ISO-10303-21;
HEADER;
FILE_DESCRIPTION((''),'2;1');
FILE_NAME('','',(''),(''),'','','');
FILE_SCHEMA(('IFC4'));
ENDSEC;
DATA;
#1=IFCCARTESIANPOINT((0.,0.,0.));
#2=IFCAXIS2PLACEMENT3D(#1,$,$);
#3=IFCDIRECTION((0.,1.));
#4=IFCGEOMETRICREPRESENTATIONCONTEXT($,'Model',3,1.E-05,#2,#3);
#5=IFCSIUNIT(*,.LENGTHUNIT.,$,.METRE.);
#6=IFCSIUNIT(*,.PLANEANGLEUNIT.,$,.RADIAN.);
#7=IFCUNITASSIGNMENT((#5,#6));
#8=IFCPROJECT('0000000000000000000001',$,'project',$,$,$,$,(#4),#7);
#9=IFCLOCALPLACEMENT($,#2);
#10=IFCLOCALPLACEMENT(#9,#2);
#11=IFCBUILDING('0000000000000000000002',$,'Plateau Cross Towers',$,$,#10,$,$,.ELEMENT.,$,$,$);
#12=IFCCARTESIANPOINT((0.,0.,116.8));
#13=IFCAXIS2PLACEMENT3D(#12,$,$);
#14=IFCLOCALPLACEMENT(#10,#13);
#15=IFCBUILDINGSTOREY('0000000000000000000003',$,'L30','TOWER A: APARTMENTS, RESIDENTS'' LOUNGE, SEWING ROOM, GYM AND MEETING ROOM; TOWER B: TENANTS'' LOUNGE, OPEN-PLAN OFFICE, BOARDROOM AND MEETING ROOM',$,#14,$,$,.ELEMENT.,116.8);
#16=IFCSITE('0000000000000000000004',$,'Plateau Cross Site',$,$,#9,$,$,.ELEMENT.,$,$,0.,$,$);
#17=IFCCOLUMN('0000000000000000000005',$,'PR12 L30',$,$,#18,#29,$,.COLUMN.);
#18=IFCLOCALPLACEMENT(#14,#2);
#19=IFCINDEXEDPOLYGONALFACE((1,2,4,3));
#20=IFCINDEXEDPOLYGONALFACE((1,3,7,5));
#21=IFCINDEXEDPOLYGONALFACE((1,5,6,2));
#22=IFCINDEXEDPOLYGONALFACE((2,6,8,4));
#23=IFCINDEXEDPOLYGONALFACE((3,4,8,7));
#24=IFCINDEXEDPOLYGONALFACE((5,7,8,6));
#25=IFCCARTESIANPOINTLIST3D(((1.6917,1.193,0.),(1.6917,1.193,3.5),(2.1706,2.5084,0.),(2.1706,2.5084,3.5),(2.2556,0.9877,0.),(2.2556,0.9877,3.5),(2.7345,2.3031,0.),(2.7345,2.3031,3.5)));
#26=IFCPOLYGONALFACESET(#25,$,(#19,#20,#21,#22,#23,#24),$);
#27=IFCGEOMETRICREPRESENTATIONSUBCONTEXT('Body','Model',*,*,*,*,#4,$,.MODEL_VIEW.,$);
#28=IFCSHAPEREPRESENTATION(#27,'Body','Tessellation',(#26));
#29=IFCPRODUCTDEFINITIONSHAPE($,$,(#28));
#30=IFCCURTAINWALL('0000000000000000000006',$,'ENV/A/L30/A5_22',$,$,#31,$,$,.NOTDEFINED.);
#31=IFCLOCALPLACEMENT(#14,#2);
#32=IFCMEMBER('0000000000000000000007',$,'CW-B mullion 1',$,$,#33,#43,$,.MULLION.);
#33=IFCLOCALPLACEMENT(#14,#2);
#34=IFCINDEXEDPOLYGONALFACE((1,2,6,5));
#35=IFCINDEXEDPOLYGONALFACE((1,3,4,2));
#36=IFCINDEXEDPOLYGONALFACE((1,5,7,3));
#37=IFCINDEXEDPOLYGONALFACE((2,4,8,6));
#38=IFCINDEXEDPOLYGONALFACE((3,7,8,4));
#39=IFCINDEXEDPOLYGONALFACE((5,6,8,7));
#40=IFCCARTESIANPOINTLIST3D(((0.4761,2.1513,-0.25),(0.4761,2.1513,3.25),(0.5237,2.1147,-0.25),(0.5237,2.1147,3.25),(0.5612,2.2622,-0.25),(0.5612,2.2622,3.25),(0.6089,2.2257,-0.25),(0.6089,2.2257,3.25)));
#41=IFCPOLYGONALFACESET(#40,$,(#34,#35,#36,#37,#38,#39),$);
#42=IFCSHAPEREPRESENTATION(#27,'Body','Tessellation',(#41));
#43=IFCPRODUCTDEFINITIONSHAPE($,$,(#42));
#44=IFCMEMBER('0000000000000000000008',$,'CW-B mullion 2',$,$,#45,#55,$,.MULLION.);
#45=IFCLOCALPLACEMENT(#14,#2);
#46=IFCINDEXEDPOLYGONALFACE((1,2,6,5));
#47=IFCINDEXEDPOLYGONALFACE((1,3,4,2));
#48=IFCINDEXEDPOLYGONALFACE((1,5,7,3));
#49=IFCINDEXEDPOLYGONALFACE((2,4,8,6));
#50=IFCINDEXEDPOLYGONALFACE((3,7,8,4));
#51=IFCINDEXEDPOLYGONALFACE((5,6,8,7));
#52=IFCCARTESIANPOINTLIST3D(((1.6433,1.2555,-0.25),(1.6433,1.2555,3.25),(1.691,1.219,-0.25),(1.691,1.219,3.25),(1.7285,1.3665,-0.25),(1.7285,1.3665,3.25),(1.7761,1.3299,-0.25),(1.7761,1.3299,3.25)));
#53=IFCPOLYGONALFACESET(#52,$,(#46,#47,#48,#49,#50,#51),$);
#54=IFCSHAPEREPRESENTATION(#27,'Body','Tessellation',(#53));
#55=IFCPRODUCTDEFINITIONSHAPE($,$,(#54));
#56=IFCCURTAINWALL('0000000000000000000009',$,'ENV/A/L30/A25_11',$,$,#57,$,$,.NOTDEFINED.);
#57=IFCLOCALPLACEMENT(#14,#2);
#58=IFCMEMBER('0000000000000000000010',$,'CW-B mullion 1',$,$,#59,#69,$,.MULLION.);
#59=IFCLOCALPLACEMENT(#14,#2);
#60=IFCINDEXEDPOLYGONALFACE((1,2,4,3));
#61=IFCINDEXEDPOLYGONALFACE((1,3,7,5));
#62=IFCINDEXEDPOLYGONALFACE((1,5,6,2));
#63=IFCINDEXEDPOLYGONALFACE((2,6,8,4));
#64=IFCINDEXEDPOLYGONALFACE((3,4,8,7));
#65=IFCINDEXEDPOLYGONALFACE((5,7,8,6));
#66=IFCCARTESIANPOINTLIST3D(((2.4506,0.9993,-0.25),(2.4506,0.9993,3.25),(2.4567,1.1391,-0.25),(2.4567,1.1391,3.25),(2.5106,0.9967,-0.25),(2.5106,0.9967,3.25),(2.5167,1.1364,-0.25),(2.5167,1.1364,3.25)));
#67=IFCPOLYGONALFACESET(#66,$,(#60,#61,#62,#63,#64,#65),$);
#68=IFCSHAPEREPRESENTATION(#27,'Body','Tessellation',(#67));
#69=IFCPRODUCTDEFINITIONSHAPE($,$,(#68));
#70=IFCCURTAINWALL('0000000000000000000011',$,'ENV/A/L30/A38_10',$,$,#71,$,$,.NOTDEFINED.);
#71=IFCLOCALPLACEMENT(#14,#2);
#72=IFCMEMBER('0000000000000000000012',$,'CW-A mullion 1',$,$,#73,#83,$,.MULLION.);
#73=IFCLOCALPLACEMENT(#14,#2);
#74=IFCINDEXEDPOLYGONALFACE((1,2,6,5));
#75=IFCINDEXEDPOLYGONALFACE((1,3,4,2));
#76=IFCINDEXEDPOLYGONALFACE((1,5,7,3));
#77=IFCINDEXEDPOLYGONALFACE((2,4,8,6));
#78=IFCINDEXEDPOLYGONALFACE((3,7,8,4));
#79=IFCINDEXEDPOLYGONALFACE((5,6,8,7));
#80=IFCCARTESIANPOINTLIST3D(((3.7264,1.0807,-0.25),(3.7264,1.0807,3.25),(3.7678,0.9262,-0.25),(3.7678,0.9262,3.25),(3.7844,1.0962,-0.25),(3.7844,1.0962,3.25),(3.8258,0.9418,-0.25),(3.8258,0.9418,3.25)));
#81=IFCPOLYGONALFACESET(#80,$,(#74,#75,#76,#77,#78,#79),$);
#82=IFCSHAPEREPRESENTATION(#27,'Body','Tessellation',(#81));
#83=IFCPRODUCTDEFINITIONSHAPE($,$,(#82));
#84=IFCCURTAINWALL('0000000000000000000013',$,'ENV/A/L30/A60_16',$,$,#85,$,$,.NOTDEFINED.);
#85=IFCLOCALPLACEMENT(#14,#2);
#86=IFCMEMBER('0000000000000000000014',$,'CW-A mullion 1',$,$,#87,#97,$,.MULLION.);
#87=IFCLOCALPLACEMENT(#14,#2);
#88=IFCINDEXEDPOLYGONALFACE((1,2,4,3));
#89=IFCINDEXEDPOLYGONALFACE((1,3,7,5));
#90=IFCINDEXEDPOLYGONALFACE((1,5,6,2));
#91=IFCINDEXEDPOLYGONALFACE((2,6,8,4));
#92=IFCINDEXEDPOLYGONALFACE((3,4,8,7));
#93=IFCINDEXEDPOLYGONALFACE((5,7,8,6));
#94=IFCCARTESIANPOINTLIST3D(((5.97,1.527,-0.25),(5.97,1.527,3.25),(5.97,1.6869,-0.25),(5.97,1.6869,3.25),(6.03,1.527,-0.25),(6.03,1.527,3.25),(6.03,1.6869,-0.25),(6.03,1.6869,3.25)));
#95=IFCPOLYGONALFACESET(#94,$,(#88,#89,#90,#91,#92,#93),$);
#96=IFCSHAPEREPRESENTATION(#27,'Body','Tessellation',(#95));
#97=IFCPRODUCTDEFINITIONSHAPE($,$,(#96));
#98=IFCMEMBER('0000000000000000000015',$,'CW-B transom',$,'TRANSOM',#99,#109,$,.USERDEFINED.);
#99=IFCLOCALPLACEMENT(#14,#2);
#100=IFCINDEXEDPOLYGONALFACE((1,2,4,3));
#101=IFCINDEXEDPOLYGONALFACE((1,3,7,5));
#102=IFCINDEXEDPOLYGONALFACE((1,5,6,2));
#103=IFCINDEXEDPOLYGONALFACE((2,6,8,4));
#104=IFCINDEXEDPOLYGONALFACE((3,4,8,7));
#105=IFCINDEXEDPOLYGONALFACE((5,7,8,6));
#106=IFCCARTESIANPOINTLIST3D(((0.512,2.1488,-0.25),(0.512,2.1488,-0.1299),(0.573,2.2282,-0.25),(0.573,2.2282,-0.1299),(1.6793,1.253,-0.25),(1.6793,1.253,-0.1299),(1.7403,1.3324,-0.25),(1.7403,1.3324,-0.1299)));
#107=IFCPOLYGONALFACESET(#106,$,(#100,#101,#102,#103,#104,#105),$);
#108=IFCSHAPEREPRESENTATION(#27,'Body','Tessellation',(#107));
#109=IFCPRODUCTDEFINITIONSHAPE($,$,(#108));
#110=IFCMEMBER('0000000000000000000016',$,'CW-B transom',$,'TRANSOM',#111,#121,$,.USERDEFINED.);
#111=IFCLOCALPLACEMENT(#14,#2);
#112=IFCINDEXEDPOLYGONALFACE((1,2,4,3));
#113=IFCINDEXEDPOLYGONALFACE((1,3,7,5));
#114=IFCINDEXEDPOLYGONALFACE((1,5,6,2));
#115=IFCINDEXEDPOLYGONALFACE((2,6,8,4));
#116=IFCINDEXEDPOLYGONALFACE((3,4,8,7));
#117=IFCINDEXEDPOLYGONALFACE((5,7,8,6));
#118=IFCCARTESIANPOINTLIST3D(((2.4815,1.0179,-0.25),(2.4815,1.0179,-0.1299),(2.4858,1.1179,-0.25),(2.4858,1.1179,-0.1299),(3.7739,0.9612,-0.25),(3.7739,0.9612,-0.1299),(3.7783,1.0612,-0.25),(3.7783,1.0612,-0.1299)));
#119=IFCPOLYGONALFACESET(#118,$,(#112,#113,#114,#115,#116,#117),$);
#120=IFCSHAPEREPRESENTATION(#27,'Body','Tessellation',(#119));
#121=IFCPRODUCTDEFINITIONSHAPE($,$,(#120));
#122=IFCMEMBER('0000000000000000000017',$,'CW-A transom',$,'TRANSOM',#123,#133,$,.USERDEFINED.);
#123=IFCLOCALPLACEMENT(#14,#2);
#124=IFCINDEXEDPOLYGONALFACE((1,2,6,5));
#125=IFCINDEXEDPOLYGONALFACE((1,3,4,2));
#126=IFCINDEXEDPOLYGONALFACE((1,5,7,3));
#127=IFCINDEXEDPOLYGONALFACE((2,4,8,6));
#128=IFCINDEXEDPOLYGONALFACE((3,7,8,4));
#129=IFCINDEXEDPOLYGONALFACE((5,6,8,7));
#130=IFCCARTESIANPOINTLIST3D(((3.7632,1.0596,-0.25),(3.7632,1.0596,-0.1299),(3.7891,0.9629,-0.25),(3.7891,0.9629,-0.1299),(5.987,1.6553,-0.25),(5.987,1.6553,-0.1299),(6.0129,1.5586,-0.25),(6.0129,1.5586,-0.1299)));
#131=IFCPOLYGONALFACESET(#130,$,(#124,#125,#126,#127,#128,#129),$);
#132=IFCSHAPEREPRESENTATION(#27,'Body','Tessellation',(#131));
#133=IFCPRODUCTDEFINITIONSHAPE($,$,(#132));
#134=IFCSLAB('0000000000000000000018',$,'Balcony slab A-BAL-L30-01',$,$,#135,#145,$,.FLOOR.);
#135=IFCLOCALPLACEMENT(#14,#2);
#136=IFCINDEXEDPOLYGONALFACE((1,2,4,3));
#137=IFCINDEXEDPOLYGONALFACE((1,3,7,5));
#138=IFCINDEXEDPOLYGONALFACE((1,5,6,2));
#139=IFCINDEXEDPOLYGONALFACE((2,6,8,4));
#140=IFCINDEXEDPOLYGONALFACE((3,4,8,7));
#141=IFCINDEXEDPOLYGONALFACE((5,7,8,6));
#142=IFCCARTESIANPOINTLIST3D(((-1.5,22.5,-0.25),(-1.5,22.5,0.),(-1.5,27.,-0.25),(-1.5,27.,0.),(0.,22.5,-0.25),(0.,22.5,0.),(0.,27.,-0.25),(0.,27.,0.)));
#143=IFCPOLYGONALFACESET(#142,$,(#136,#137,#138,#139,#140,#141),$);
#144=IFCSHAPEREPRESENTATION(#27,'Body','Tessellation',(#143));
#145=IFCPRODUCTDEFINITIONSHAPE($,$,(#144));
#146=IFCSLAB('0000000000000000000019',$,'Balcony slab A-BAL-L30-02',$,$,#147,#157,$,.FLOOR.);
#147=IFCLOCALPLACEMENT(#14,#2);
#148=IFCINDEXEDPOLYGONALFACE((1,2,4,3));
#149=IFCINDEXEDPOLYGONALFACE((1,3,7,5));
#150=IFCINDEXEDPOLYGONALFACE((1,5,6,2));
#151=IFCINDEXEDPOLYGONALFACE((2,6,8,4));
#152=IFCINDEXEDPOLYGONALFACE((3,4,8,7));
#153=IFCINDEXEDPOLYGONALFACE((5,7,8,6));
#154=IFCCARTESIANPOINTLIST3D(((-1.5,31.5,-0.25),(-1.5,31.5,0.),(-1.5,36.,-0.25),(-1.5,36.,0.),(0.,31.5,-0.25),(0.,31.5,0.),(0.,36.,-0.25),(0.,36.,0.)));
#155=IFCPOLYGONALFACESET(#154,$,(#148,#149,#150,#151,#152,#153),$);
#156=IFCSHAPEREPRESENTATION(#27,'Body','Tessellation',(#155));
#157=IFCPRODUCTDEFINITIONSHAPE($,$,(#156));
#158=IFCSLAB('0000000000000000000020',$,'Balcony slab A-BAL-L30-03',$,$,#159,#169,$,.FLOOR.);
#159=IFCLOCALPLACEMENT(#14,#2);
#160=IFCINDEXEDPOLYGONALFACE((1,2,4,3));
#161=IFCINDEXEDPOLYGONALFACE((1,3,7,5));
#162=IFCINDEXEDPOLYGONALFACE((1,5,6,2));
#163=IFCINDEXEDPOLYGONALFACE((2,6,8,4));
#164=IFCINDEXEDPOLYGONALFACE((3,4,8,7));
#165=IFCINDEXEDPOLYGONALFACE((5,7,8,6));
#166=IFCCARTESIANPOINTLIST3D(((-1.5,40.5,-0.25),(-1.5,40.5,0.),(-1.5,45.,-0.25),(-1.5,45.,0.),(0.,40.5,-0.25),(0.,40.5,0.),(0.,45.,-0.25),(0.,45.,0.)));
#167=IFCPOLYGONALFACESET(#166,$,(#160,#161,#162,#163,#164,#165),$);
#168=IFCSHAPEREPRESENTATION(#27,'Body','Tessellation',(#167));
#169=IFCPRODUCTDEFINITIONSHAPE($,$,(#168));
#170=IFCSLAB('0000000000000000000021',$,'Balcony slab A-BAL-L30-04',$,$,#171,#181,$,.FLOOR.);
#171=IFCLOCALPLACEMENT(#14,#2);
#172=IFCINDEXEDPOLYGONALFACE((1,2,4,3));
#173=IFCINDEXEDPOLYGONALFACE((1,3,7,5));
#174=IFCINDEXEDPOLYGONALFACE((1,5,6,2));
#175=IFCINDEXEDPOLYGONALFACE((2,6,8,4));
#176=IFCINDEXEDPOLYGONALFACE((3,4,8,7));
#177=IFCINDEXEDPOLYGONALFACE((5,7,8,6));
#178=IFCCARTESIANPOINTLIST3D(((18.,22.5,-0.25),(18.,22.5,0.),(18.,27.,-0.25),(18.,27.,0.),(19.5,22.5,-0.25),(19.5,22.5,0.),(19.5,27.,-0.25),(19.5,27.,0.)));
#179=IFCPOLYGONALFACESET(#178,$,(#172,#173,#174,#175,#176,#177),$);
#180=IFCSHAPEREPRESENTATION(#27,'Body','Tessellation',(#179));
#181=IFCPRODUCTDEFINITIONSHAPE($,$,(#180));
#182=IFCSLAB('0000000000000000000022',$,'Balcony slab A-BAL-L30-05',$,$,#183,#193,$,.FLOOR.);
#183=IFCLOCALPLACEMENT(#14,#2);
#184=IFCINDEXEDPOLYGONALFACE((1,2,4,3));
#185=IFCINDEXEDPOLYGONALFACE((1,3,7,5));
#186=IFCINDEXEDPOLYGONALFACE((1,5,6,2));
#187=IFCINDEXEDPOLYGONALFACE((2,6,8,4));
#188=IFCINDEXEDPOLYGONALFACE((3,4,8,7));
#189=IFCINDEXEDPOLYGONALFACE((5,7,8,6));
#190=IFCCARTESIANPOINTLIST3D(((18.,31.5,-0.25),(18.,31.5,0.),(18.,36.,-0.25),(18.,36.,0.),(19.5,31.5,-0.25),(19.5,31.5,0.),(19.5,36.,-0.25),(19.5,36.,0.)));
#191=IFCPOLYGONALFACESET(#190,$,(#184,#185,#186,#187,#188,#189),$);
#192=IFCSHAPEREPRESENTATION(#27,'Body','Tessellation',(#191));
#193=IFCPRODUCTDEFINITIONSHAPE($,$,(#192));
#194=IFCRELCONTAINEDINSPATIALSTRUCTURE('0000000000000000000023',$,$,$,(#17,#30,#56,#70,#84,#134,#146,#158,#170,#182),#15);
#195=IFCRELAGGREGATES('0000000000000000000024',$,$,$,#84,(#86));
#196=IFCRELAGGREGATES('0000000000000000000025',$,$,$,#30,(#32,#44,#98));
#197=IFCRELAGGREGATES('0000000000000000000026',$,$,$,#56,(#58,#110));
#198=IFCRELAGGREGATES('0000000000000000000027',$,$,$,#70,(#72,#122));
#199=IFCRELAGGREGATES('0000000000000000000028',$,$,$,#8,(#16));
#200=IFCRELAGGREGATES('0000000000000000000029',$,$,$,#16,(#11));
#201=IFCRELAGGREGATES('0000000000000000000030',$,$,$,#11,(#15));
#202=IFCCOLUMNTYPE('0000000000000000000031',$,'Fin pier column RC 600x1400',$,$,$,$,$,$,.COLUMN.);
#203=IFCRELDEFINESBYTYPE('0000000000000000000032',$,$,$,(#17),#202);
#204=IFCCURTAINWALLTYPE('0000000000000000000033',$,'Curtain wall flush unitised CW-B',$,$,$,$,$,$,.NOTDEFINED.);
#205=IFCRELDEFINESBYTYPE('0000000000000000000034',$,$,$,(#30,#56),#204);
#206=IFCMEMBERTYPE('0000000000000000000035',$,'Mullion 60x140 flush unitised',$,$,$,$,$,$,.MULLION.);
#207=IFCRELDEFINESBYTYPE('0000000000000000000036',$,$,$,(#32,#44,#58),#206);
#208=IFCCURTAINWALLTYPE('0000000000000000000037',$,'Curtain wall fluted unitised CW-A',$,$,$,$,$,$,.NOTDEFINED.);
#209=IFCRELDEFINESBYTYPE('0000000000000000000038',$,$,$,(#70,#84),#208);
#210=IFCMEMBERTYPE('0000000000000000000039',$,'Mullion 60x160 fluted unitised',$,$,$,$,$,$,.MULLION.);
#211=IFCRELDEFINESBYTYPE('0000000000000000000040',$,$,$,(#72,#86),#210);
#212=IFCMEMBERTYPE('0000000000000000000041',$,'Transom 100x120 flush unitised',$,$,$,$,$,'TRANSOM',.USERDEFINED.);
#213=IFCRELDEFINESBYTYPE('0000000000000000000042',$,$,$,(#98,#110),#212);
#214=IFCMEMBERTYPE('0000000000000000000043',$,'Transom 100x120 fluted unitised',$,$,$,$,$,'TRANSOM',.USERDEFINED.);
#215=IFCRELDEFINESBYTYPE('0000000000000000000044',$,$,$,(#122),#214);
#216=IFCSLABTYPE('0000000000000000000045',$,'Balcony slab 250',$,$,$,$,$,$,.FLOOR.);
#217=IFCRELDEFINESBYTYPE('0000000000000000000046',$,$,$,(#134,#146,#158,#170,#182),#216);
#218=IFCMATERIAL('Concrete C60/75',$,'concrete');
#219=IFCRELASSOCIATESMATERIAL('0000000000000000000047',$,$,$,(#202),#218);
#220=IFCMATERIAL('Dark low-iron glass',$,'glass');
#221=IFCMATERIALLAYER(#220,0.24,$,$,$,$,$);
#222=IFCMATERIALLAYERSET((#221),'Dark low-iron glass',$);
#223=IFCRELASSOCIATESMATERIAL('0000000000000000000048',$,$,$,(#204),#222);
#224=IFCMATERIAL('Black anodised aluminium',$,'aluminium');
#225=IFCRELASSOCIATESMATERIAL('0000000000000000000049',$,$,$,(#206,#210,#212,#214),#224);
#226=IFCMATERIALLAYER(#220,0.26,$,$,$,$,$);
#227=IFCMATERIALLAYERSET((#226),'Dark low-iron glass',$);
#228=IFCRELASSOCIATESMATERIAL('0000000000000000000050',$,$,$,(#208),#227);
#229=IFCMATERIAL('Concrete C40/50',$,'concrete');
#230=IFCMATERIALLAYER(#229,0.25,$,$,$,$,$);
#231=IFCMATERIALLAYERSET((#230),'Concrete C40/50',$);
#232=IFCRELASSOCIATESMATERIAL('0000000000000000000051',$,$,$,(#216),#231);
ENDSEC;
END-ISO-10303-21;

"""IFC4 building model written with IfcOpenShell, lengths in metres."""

from ifc_helpers import new_model, si_unit, direction, frame, origin, origin_2d, place, context, subcontext, project, spatial, polyline, rectangle, outline, extrude, material, layer, layer_set, material_profile, profile_set, type_object, element, aggregate, save


model = new_model("IFC4")

# Units and contexts
model_context = context("Model", 3, precision=1e-05, world=origin(), true_north=direction((0.0, 1.0)))
body_context = subcontext(model_context, "Body", "Model", "MODEL_VIEW")
ifc_project = project(units=[si_unit("LENGTHUNIT", "METRE"), si_unit("PLANEANGLEUNIT", "RADIAN")], contexts=[model_context])

# Site, building, storey
site_placement = place(None, origin())
site = spatial("IfcSite", under=ifc_project, at=site_placement, Name="Plateau Cross Site", CompositionType="ELEMENT", RefElevation=0.0)
building_placement = place(site_placement, origin())
building = spatial("IfcBuilding", under=site, at=building_placement, Name="Plateau Cross Towers", CompositionType="ELEMENT")
storey_placement = place(building_placement, frame((0.0, 0.0, 116.8)))
storey = spatial("IfcBuildingStorey", under=building, at=storey_placement, Name="L30", Description="TOWER A: APARTMENTS, RESIDENTS' LOUNGE, SEWING ROOM, GYM AND MEETING ROOM; TOWER B: TENANTS' LOUNGE, OPEN-PLAN OFFICE, BOARDROOM AND MEETING ROOM", CompositionType="ELEMENT", Elevation=116.8)

# Column
ifc_material_1 = material(Name="Concrete C60/75", Category="concrete")
ifc_material_profile_1 = material_profile(ifc_material_1, rectangle(XDim=0.6001, YDim=1.3999, at=origin_2d()), Name="RC 600x1400")
ifc_profile_set_1 = profile_set([ifc_material_profile_1], Name="Concrete C60/75")
column_type = type_object("IfcColumnType", Name="Fin pier column RC 600x1400", PredefinedType="COLUMN", material=ifc_profile_set_1)
column_placement = place(storey_placement, frame((2.2131, 1.748, 0.0), z_axis=(0.0, 0.0, 1.0), x_axis=(-0.939664, 0.342098, 0.0)))
element("IfcColumn", 1, at=column_placement, inside=storey, type_object=column_type, Name="PR12 L30", PredefinedType="COLUMN", context=body_context, shape_type="SweptSolid", body=[
    extrude(rectangle(XDim=0.6001, YDim=1.3999, at=origin_2d()), origin(), (0.0, 0.0, 1.0), 3.5),
])

# Curtain wall, members
ifc_material_2 = material(Name="Dark low-iron glass", Category="glass")
ifc_layer_1 = layer(ifc_material_2, 0.24)
ifc_layer_set_1 = layer_set([ifc_layer_1], Name="Dark low-iron glass")
curtain_wall_type_1 = type_object("IfcCurtainWallType", Name="Curtain wall flush unitised CW-B", PredefinedType="NOTDEFINED", material=ifc_layer_set_1)
curtain_wall_1_placement = place(storey_placement, origin())
curtain_wall_1 = element("IfcCurtainWall", 2, at=curtain_wall_1_placement, inside=storey, type_object=curtain_wall_type_1, Name="ENV/A/L30/A5_22", PredefinedType="NOTDEFINED")
ifc_material_3 = material(Name="Black anodised aluminium", Category="aluminium")
ifc_material_profile_2 = material_profile(ifc_material_3, rectangle(XDim=0.0601, YDim=0.1399, at=origin_2d()), Name="MULLION 60x140")
ifc_profile_set_2 = profile_set([ifc_material_profile_2], Name="Black anodised aluminium")
member_type_1 = type_object("IfcMemberType", Name="Mullion 60x140 flush unitised", PredefinedType="MULLION", material=ifc_profile_set_2)
member_1_placement = place(storey_placement, frame((0.5425, 2.1885, -0.25), z_axis=(0.0, 0.0, 1.0), x_axis=(0.793316, -0.608811, 0.0)))
member_1 = element("IfcMember", 3, at=member_1_placement, type_object=member_type_1, Name="CW-B mullion 1", PredefinedType="MULLION", context=body_context, shape_type="SweptSolid", body=[
    extrude(rectangle(XDim=0.0601, YDim=0.1399, at=origin_2d()), origin(), (0.0, 0.0, 1.0), 3.5),
])
member_2_placement = place(storey_placement, frame((1.7097, 1.2927, -0.25), z_axis=(0.0, 0.0, 1.0), x_axis=(0.793316, -0.608811, 0.0)))
member_2 = element("IfcMember", 4, at=member_2_placement, type_object=member_type_1, Name="CW-B mullion 2", PredefinedType="MULLION", context=body_context, shape_type="SweptSolid", body=[
    extrude(rectangle(XDim=0.0601, YDim=0.1399, at=origin_2d()), origin(), (0.0, 0.0, 1.0), 3.5),
])

# Curtain walls, members
curtain_wall_2_placement = place(storey_placement, origin())
curtain_wall_2 = element("IfcCurtainWall", 5, at=curtain_wall_2_placement, inside=storey, type_object=curtain_wall_type_1, Name="ENV/A/L30/A25_11", PredefinedType="NOTDEFINED")
member_3_placement = place(storey_placement, frame((2.4836, 1.0679, -0.25), z_axis=(0.0, 0.0, 1.0), x_axis=(0.999044, -0.043723, 0.0)))
member_3 = element("IfcMember", 6, at=member_3_placement, type_object=member_type_1, Name="CW-B mullion 1", PredefinedType="MULLION", context=body_context, shape_type="SweptSolid", body=[
    extrude(rectangle(XDim=0.0601, YDim=0.1399, at=origin_2d()), origin(), (0.0, 0.0, 1.0), 3.5),
])
ifc_layer_2 = layer(ifc_material_2, 0.26)
ifc_layer_set_2 = layer_set([ifc_layer_2], Name="Dark low-iron glass")
curtain_wall_type_2 = type_object("IfcCurtainWallType", Name="Curtain wall fluted unitised CW-A", PredefinedType="NOTDEFINED", material=ifc_layer_set_2)
curtain_wall_3_placement = place(storey_placement, origin())
curtain_wall_3 = element("IfcCurtainWall", 7, at=curtain_wall_3_placement, inside=storey, type_object=curtain_wall_type_2, Name="ENV/A/L30/A38_10", PredefinedType="NOTDEFINED")
ifc_material_profile_3 = material_profile(ifc_material_3, rectangle(XDim=0.0601, YDim=0.1599, at=origin_2d()), Name="MULLION 60x160")
ifc_profile_set_3 = profile_set([ifc_material_profile_3], Name="Black anodised aluminium")
member_type_2 = type_object("IfcMemberType", Name="Mullion 60x160 fluted unitised", PredefinedType="MULLION", material=ifc_profile_set_3)
member_4_placement = place(storey_placement, frame((3.7761, 1.0112, -0.25), z_axis=(0.0, 0.0, 1.0), x_axis=(0.965958, 0.258699, 0.0)))
member_4 = element("IfcMember", 8, at=member_4_placement, type_object=member_type_2, Name="CW-A mullion 1", PredefinedType="MULLION", context=body_context, shape_type="SweptSolid", body=[
    extrude(rectangle(XDim=0.0601, YDim=0.1599, at=origin_2d()), origin(), (0.0, 0.0, 1.0), 3.5),
])
curtain_wall_4_placement = place(storey_placement, origin())
curtain_wall_4 = element("IfcCurtainWall", 9, at=curtain_wall_4_placement, inside=storey, type_object=curtain_wall_type_2, Name="ENV/A/L30/A60_16", PredefinedType="NOTDEFINED")
member_5_placement = place(storey_placement, frame((6.0, 1.6069, -0.25), z_axis=(0.0, 0.0, 1.0), x_axis=(1.0, 0.0, 0.0)))
member_5 = element("IfcMember", 10, at=member_5_placement, type_object=member_type_2, Name="CW-A mullion 1", PredefinedType="MULLION", context=body_context, shape_type="SweptSolid", body=[
    extrude(rectangle(XDim=0.0601, YDim=0.1599, at=origin_2d()), origin(), (0.0, 0.0, 1.0), 3.5),
])
aggregate(curtain_wall_4, [member_5])

# Members
ifc_material_profile_4 = material_profile(ifc_material_3, rectangle(XDim=0.1001, YDim=0.1201, at=origin_2d()), Name="TRANSOM 100x120")
ifc_profile_set_4 = profile_set([ifc_material_profile_4], Name="Black anodised aluminium")
member_type_3 = type_object("IfcMemberType", Name="Transom 100x120 flush unitised", ElementType="TRANSOM", PredefinedType="USERDEFINED", material=ifc_profile_set_4)
member_6_placement = place(storey_placement, frame((0.5425, 2.1885, -0.1899), z_axis=(0.793321, -0.608804, 0.0), x_axis=(0.608804, 0.793321, 0.0)))
member_6 = element("IfcMember", 11, at=member_6_placement, type_object=member_type_3, Name="CW-B transom", ObjectType="TRANSOM", PredefinedType="USERDEFINED", context=body_context, shape_type="SweptSolid", body=[
    extrude(rectangle(XDim=0.1001, YDim=0.1201, at=origin_2d()), origin(), (0.0, 0.0, 1.0), 1.4714),
])
member_7_placement = place(storey_placement, frame((2.4836, 1.0679, -0.1899), z_axis=(0.999041, -0.043781, 0.0), x_axis=(0.043781, 0.999041, 0.0)))
member_7 = element("IfcMember", 12, at=member_7_placement, type_object=member_type_3, Name="CW-B transom", ObjectType="TRANSOM", PredefinedType="USERDEFINED", context=body_context, shape_type="SweptSolid", body=[
    extrude(rectangle(XDim=0.1001, YDim=0.1201, at=origin_2d()), origin(), (0.0, 0.0, 1.0), 1.2937),
])
ifc_material_profile_5 = material_profile(ifc_material_3, rectangle(XDim=0.1001, YDim=0.1201, at=origin_2d()), Name="TRANSOM 100x120")
ifc_profile_set_5 = profile_set([ifc_material_profile_5], Name="Black anodised aluminium")
member_type_4 = type_object("IfcMemberType", Name="Transom 100x120 fluted unitised", ElementType="TRANSOM", PredefinedType="USERDEFINED", material=ifc_profile_set_5)
member_8_placement = place(storey_placement, frame((3.7761, 1.0112, -0.1899), z_axis=(0.965946, 0.258745, 0.0), x_axis=(-0.258745, 0.965946, 0.0)))
member_8 = element("IfcMember", 13, at=member_8_placement, type_object=member_type_4, Name="CW-A transom", ObjectType="TRANSOM", PredefinedType="USERDEFINED", context=body_context, shape_type="SweptSolid", body=[
    extrude(rectangle(XDim=0.1001, YDim=0.1201, at=origin_2d()), origin(), (0.0, 0.0, 1.0), 2.3022),
])

# Slabs
ifc_material_4 = material(Name="Concrete C40/50", Category="concrete")
ifc_layer_3 = layer(ifc_material_4, 0.25)
ifc_layer_set_3 = layer_set([ifc_layer_3], Name="Concrete C40/50")
slab_type_1 = type_object("IfcSlabType", Name="Balcony slab 250", PredefinedType="FLOOR", material=ifc_layer_set_3)
slab_1_placement = place(storey_placement, frame((0.0, 0.0, -0.25)))
element("IfcSlab", 14, at=slab_1_placement, inside=storey, type_object=slab_type_1, Name="Balcony slab A-BAL-L30-01", PredefinedType="FLOOR", context=body_context, shape_type="SweptSolid", body=[
    extrude(outline(polyline([(0.0, 22.5), (0.0, 27.0), (-1.5, 27.0), (-1.5, 22.5), (0.0, 22.5)])), origin(), (0.0, 0.0, 1.0), 0.25),
])
slab_2_placement = place(storey_placement, frame((0.0, 0.0, -0.25)))
element("IfcSlab", 15, at=slab_2_placement, inside=storey, type_object=slab_type_1, Name="Balcony slab A-BAL-L30-02", PredefinedType="FLOOR", context=body_context, shape_type="SweptSolid", body=[
    extrude(outline(polyline([(0.0, 31.5), (0.0, 36.0), (-1.5, 36.0), (-1.5, 31.5), (0.0, 31.5)])), origin(), (0.0, 0.0, 1.0), 0.25),
])
slab_3_placement = place(storey_placement, frame((0.0, 0.0, -0.25)))
element("IfcSlab", 16, at=slab_3_placement, inside=storey, type_object=slab_type_1, Name="Balcony slab A-BAL-L30-03", PredefinedType="FLOOR", context=body_context, shape_type="SweptSolid", body=[
    extrude(outline(polyline([(0.0, 40.5), (0.0, 45.0), (-1.5, 45.0), (-1.5, 40.5), (0.0, 40.5)])), origin(), (0.0, 0.0, 1.0), 0.25),
])
slab_4_placement = place(storey_placement, frame((0.0, 0.0, -0.25)))
element("IfcSlab", 17, at=slab_4_placement, inside=storey, type_object=slab_type_1, Name="Balcony slab A-BAL-L30-04", PredefinedType="FLOOR", context=body_context, shape_type="SweptSolid", body=[
    extrude(outline(polyline([(19.5, 22.5), (19.5, 27.0), (18.0, 27.0), (18.0, 22.5), (19.5, 22.5)])), origin(), (0.0, 0.0, 1.0), 0.25),
])
slab_5_placement = place(storey_placement, frame((0.0, 0.0, -0.25)))
element("IfcSlab", 18, at=slab_5_placement, inside=storey, type_object=slab_type_1, Name="Balcony slab A-BAL-L30-05", PredefinedType="FLOOR", context=body_context, shape_type="SweptSolid", body=[
    extrude(outline(polyline([(19.5, 31.5), (19.5, 36.0), (18.0, 36.0), (18.0, 31.5), (19.5, 31.5)])), origin(), (0.0, 0.0, 1.0), 0.25),
])

aggregate(curtain_wall_1, [member_1, member_2, member_6])
aggregate(curtain_wall_2, [member_3, member_7])
aggregate(curtain_wall_3, [member_4, member_8])

save(model, "model.ifc")
